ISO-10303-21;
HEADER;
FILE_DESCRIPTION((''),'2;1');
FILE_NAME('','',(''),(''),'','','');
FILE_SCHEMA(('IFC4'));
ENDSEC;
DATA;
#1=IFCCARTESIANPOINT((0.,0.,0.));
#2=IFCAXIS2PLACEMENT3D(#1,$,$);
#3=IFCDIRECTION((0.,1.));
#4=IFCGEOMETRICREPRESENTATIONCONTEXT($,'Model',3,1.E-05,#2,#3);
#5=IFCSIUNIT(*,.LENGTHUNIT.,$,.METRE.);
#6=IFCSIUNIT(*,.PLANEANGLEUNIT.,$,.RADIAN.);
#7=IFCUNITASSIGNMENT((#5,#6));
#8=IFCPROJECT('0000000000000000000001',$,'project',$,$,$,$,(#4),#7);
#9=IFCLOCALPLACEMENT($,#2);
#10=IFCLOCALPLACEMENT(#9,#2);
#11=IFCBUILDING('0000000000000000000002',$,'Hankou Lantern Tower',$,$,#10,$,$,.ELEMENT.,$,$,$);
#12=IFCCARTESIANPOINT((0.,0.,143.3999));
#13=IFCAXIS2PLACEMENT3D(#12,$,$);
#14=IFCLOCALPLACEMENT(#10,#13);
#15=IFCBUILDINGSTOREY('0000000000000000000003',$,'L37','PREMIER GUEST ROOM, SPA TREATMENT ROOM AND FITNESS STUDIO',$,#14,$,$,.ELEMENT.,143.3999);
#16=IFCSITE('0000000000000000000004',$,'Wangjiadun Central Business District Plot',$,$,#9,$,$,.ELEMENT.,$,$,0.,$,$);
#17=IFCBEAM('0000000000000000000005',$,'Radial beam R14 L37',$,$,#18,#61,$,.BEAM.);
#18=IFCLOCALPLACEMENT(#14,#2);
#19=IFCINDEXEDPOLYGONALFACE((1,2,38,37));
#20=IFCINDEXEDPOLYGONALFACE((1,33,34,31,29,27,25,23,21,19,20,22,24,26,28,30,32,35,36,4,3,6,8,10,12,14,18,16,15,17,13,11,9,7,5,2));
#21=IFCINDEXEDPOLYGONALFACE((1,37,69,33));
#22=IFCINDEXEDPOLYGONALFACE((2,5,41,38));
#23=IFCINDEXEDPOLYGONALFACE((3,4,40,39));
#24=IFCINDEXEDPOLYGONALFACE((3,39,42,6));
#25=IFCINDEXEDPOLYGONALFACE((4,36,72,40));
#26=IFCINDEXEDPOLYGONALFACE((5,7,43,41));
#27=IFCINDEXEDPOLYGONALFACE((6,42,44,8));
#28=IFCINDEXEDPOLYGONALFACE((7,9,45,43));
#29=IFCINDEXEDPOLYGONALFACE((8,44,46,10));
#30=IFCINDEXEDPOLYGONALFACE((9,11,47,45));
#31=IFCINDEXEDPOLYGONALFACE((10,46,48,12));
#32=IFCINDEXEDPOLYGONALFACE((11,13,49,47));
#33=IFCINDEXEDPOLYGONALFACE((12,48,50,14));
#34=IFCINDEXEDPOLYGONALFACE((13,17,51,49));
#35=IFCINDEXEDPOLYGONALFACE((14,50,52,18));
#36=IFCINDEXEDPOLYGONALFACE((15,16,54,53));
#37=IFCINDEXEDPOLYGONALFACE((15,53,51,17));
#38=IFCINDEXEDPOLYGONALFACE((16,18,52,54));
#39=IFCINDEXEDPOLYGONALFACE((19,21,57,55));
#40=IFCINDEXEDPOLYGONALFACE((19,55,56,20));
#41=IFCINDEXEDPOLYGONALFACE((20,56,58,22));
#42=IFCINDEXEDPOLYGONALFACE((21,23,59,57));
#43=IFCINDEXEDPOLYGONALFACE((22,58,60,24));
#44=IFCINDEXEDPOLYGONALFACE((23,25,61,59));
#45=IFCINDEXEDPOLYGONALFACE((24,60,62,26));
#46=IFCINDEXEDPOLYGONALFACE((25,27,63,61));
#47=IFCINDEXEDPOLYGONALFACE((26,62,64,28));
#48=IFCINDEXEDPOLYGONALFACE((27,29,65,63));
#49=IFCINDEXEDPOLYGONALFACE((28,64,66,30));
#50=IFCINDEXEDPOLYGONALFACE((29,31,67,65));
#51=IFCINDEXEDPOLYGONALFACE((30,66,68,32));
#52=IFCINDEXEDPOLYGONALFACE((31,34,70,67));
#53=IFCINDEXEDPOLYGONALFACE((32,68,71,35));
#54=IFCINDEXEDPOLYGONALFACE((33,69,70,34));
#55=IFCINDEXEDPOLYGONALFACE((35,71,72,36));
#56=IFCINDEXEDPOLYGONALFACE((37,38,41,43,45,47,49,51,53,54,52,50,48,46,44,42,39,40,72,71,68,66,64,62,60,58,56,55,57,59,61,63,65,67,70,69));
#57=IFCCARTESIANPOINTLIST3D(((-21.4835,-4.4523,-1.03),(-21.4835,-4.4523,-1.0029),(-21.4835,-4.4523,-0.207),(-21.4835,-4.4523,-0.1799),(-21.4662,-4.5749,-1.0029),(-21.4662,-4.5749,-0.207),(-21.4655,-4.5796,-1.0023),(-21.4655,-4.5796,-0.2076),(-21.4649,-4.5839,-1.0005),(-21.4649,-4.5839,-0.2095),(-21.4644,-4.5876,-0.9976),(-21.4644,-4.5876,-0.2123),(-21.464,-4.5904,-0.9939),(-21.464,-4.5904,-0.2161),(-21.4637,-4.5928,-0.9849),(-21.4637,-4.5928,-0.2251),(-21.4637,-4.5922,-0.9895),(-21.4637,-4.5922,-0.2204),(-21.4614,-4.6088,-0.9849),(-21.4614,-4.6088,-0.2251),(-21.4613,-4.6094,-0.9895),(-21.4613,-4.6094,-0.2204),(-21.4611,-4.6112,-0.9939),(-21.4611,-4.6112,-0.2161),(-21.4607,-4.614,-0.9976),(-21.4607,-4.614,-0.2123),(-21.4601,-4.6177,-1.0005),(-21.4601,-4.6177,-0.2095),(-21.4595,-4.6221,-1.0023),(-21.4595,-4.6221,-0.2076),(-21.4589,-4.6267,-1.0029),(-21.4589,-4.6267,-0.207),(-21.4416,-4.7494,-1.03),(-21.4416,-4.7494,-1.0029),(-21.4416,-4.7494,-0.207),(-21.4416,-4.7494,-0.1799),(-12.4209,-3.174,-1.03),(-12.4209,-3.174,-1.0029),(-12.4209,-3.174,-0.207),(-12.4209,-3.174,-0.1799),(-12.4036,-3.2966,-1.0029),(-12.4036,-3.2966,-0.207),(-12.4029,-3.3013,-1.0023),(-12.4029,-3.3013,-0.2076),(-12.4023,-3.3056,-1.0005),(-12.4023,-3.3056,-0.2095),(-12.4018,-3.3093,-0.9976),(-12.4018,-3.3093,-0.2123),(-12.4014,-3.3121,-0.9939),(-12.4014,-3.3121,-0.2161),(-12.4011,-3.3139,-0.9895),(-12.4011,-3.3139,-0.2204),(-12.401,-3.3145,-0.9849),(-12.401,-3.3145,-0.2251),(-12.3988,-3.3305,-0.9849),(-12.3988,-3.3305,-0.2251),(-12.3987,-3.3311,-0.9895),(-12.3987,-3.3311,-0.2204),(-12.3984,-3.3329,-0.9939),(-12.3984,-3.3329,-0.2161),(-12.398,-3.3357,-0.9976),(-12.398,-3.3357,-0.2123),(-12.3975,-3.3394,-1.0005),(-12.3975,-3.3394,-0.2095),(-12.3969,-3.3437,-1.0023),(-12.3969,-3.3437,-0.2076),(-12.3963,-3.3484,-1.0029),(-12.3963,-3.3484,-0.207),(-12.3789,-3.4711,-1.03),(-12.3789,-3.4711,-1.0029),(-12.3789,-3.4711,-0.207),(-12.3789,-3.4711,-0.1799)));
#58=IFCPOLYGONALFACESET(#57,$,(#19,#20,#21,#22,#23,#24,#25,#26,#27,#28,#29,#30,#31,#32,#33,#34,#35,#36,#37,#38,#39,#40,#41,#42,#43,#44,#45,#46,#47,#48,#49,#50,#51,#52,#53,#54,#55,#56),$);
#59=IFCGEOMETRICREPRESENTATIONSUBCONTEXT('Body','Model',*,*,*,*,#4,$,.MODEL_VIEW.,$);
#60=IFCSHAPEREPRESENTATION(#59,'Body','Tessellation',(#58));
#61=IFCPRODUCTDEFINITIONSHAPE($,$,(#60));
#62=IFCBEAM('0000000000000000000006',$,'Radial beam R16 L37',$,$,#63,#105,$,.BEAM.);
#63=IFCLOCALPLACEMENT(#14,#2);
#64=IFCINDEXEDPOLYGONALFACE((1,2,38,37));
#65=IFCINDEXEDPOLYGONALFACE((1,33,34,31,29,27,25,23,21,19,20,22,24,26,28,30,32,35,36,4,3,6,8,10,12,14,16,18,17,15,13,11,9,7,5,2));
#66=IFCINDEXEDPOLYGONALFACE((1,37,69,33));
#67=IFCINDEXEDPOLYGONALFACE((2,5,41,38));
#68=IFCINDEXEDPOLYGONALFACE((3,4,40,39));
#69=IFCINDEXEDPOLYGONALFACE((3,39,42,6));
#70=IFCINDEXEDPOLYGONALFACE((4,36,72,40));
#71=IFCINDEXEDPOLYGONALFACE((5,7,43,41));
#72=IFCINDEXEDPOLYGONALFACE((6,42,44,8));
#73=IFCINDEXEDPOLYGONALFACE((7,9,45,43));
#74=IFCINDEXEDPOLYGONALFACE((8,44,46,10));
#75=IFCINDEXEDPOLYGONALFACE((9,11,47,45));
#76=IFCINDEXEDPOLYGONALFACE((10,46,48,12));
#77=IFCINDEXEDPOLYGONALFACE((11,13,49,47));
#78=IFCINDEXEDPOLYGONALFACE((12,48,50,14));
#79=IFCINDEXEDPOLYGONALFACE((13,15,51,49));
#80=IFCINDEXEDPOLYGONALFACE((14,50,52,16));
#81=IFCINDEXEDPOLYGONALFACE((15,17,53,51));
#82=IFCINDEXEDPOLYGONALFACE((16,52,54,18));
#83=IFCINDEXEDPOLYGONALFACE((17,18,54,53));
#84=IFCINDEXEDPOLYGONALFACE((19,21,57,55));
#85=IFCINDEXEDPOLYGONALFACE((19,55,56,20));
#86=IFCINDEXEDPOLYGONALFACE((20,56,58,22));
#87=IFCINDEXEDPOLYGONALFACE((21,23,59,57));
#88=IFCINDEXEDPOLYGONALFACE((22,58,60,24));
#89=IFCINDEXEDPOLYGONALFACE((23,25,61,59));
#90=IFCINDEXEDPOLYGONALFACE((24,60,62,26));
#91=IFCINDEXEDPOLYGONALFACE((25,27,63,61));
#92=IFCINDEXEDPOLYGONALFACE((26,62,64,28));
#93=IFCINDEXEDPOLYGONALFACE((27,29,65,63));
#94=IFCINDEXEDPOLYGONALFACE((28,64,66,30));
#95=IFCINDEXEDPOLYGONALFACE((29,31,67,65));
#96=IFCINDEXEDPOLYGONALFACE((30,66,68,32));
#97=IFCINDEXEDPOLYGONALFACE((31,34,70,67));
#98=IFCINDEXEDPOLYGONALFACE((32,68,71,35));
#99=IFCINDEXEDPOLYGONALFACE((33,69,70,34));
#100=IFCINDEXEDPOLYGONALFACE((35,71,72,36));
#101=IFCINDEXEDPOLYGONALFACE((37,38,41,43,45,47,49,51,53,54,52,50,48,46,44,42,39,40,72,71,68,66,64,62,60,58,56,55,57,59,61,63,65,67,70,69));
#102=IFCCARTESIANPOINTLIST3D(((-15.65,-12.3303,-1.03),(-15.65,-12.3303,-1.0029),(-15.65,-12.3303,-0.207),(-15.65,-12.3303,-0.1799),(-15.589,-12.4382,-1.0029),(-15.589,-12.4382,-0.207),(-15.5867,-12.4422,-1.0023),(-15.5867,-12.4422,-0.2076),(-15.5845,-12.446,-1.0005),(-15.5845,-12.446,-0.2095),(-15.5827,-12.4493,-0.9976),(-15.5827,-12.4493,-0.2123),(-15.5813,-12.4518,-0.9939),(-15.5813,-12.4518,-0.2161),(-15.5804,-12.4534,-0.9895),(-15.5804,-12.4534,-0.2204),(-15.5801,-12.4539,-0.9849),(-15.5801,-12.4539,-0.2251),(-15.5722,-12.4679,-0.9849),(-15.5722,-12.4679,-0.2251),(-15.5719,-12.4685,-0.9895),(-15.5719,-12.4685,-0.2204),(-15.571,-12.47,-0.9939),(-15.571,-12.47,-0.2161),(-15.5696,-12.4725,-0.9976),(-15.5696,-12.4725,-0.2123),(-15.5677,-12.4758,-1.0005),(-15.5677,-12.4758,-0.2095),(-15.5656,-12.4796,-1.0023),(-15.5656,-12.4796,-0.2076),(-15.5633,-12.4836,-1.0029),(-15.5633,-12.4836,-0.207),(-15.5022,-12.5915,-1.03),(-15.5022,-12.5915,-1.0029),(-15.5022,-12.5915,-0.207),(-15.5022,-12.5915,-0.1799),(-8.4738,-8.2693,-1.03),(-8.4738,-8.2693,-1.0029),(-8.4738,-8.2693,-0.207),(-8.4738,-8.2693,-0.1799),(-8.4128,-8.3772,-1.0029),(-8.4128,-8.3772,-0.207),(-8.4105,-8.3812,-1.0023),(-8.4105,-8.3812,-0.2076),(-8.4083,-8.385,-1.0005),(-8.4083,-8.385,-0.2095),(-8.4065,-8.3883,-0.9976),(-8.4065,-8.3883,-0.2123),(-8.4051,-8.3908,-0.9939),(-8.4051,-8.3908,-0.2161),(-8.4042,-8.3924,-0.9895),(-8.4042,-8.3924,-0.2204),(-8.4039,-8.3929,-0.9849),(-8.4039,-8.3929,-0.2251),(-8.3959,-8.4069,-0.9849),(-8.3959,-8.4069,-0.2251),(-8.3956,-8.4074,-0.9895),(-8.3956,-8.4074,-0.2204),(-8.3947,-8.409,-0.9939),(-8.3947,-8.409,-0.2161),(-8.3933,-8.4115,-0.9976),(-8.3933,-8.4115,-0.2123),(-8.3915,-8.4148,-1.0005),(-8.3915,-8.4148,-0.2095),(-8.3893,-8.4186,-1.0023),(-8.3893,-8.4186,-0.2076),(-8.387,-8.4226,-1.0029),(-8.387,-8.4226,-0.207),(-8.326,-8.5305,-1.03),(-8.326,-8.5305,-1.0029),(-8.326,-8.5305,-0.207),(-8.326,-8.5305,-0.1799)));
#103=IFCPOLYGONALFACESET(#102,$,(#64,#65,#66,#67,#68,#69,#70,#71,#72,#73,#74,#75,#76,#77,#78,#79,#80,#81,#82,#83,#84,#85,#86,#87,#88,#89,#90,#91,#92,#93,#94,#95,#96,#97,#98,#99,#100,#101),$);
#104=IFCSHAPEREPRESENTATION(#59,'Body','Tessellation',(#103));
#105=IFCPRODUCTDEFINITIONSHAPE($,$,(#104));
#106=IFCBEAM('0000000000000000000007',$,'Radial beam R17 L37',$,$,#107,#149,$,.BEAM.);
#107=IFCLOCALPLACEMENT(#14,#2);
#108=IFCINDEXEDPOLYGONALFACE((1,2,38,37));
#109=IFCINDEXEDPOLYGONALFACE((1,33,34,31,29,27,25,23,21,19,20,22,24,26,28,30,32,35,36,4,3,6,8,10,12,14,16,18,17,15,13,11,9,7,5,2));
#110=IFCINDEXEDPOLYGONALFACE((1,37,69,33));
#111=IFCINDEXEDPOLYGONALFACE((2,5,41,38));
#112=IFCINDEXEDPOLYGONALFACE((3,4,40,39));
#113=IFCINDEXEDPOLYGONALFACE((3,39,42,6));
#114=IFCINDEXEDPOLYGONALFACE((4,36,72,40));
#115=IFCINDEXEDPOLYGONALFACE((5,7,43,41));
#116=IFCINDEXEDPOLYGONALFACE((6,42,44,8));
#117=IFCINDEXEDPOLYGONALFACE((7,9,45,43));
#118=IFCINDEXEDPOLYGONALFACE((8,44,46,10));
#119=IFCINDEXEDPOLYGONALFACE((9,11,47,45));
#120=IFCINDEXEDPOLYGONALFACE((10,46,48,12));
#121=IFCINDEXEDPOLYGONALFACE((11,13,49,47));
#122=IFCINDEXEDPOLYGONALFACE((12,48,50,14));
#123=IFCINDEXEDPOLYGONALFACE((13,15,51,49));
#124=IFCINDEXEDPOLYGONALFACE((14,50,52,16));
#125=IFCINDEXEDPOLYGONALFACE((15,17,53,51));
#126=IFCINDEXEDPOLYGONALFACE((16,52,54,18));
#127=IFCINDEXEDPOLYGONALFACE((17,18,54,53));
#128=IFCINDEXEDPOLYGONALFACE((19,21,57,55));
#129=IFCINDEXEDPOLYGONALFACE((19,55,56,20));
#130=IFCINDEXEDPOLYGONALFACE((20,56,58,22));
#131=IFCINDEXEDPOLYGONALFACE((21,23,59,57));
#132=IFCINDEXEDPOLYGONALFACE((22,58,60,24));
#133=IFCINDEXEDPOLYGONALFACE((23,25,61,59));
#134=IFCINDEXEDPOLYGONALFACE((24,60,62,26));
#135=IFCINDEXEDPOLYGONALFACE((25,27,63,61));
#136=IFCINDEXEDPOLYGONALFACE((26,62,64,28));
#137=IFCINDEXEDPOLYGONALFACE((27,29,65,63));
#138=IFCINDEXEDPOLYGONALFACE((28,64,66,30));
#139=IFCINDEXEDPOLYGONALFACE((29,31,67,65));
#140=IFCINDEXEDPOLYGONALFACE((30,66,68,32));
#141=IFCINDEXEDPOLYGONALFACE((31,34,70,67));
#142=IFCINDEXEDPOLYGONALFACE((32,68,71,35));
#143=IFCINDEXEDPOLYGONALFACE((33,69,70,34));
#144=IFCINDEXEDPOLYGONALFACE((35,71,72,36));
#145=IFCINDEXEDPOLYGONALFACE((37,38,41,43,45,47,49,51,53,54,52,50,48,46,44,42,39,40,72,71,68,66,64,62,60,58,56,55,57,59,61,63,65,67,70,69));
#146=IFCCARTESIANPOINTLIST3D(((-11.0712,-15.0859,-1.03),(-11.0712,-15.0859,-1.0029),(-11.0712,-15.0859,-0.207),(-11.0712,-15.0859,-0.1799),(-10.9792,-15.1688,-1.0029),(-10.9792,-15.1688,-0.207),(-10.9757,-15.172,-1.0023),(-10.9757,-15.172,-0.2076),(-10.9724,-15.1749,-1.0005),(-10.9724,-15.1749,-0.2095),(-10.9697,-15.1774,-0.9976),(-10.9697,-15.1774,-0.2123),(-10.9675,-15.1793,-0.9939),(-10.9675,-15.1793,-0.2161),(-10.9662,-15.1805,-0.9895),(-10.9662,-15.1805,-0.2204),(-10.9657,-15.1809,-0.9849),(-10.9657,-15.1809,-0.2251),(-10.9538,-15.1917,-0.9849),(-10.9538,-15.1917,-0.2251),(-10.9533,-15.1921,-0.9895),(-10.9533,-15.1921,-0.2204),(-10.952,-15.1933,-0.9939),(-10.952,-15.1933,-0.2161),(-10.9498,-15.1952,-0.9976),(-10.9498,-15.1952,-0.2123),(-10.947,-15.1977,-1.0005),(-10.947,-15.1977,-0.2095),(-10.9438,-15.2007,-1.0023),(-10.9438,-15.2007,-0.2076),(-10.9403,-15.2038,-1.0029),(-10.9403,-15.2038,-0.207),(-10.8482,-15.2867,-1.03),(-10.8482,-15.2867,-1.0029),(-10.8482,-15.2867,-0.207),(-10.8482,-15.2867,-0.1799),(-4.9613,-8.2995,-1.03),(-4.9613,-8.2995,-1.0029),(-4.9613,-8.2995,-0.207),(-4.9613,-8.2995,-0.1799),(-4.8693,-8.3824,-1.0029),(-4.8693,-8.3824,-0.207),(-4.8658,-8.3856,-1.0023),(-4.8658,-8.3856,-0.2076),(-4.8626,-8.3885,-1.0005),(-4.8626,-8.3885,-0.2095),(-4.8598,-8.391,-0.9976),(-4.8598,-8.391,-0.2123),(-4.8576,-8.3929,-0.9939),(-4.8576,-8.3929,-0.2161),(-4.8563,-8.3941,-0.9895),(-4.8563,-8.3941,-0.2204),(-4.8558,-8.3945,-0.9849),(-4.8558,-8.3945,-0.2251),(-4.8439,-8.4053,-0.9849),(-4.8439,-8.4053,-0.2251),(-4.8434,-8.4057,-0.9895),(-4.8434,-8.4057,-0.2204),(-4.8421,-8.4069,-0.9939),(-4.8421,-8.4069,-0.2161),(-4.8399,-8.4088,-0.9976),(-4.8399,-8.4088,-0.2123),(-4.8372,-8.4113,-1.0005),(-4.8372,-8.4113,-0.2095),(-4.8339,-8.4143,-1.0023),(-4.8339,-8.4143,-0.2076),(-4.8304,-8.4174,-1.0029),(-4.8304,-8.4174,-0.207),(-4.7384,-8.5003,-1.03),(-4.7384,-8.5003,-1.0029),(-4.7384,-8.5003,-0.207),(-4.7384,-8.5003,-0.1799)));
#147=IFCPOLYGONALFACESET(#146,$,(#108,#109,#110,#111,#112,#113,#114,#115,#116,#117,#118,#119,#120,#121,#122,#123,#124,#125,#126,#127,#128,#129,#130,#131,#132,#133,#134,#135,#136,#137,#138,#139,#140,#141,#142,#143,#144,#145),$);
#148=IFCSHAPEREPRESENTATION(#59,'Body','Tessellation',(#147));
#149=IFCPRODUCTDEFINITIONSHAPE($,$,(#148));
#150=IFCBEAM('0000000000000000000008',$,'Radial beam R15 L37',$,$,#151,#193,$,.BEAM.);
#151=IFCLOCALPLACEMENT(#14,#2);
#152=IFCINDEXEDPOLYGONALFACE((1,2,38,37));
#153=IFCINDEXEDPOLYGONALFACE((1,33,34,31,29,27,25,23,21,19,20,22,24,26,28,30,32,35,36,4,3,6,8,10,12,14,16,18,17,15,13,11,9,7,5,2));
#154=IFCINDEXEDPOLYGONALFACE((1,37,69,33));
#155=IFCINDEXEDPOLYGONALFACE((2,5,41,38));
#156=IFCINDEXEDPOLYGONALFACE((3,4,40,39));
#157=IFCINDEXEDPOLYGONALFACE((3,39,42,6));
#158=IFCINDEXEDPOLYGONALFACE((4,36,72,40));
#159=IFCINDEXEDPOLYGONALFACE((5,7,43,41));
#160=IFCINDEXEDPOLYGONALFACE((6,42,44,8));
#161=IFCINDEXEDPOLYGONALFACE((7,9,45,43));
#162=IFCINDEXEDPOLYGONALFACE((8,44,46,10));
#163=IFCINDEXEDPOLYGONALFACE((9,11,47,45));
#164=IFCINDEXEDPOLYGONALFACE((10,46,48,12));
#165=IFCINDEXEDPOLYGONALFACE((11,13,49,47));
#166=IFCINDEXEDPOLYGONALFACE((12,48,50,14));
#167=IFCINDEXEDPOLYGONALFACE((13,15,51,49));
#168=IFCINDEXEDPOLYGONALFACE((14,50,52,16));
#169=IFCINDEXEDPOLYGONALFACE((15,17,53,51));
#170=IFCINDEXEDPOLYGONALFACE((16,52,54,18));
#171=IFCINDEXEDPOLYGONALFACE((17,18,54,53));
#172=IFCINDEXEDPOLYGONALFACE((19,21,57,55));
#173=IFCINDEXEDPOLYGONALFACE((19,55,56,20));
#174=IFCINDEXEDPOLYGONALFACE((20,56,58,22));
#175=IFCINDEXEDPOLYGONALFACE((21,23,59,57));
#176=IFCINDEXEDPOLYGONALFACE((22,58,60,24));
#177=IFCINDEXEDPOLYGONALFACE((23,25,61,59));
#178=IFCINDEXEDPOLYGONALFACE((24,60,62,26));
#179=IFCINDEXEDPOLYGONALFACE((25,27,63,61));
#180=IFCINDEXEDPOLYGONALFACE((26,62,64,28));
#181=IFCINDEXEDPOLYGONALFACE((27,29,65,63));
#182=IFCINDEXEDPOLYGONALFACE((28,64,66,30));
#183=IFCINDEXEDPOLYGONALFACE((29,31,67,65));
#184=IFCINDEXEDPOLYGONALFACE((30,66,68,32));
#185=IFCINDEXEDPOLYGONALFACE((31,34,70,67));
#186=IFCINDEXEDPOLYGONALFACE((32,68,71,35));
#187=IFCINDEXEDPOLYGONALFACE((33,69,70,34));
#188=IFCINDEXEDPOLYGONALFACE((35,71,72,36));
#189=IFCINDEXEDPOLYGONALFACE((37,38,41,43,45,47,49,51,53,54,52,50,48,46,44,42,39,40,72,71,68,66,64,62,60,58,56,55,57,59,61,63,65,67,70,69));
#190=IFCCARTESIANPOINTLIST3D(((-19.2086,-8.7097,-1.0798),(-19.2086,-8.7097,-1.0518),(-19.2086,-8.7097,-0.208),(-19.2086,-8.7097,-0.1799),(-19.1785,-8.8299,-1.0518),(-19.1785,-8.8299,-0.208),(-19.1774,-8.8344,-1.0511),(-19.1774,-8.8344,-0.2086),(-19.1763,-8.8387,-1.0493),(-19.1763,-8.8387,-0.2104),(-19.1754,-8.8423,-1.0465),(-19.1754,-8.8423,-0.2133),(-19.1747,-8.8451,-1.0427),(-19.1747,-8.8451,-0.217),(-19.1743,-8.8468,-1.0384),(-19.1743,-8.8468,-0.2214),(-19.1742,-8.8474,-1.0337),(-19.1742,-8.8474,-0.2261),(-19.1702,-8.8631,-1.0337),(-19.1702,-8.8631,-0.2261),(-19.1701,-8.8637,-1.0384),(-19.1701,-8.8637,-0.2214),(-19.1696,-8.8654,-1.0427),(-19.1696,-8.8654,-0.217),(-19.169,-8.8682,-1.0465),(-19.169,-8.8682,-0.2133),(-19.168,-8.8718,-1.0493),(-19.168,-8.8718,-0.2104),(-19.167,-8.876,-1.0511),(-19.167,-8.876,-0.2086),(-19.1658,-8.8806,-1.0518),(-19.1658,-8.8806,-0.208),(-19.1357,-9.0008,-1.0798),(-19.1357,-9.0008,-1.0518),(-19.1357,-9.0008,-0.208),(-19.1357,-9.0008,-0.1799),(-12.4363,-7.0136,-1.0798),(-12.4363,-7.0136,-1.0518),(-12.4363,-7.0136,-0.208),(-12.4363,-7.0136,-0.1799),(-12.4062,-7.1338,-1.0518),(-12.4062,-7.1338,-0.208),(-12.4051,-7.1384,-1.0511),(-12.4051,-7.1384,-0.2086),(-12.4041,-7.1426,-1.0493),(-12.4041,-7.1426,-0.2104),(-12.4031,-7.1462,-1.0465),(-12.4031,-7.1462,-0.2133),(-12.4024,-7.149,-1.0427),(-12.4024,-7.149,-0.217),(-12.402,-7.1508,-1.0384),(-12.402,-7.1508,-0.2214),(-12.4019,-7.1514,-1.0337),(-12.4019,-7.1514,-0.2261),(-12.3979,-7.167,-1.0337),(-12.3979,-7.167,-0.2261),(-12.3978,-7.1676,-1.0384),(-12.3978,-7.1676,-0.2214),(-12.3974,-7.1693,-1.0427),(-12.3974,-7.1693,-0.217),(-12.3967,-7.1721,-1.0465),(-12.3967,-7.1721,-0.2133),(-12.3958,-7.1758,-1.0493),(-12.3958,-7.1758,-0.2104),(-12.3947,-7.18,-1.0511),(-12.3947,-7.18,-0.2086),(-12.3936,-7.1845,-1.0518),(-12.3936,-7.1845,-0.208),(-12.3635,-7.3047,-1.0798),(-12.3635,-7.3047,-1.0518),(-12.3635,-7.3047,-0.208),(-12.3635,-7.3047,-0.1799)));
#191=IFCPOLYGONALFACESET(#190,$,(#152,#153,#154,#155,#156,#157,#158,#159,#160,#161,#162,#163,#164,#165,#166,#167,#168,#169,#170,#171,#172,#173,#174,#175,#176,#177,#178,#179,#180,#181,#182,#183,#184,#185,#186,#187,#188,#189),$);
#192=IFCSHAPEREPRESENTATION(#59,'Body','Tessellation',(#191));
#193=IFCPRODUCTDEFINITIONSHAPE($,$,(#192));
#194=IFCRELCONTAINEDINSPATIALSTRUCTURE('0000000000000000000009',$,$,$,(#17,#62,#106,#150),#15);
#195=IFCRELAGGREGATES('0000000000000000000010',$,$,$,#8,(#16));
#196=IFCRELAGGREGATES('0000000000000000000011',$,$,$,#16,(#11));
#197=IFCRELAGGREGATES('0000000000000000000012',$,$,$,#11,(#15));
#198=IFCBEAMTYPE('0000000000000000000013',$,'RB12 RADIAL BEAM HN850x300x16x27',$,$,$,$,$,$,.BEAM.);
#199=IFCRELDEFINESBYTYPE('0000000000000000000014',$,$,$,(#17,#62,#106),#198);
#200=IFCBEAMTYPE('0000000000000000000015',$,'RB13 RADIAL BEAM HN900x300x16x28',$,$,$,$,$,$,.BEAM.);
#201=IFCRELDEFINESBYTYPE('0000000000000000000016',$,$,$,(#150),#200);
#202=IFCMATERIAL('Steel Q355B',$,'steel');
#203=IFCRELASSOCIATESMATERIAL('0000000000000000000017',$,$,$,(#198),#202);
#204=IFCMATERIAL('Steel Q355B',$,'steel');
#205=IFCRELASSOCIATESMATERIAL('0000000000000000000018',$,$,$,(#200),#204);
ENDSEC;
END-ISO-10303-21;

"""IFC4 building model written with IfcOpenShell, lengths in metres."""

from ifc_helpers import new_model, si_unit, direction, frame, origin, origin_2d, place, context, subcontext, project, spatial, i_section, extrude, material, material_profile, profile_set, type_object, element, save


model = new_model("IFC4")

# Units and contexts
model_context = context("Model", 3, precision=1e-05, world=origin(), true_north=direction((0.0, 1.0)))
body_context = subcontext(model_context, "Body", "Model", "MODEL_VIEW")
ifc_project = project(units=[si_unit("LENGTHUNIT", "METRE"), si_unit("PLANEANGLEUNIT", "RADIAN")], contexts=[model_context])

# Site, building, storey
site_placement = place(None, origin())
site = spatial("IfcSite", under=ifc_project, at=site_placement, Name="Wangjiadun Central Business District Plot", CompositionType="ELEMENT", RefElevation=0.0)
building_placement = place(site_placement, origin())
building = spatial("IfcBuilding", under=site, at=building_placement, Name="Hankou Lantern Tower", CompositionType="ELEMENT")
storey_placement = place(building_placement, frame((0.0, 0.0, 143.3999)))
storey = spatial("IfcBuildingStorey", under=building, at=storey_placement, Name="L37", Description="PREMIER GUEST ROOM, SPA TREATMENT ROOM AND FITNESS STUDIO", CompositionType="ELEMENT", Elevation=143.3999)

# Beams
ifc_material_1 = material(Name="Steel Q355B", Category="steel")
ifc_material_profile_1 = material_profile(ifc_material_1, i_section(OverallWidth=0.3, OverallDepth=0.8501, WebThickness=0.0161, FlangeThickness=0.0271, FilletRadius=0.0181, at=origin_2d()), Name="HN850x300x16x27")
ifc_profile_set_1 = profile_set([ifc_material_profile_1], Name="Steel Q355B")
beam_type_1 = type_object("IfcBeamType", Name="RB12 RADIAL BEAM HN850x300x16x27", PredefinedType="BEAM", material=ifc_profile_set_1)
beam_1_placement = place(storey_placement, frame((-12.3999, -3.3225, -0.605), z_axis=(-0.990198, -0.13967, 0.0), x_axis=(0.13967, -0.990198, 0.0)))
element("IfcBeam", 1, at=beam_1_placement, inside=storey, type_object=beam_type_1, Name="Radial beam R14 L37", PredefinedType="BEAM", context=body_context, shape_type="SweptSolid", body=[
    extrude(i_section(OverallWidth=0.3, OverallDepth=0.8501, WebThickness=0.0161, FlangeThickness=0.0271, FilletRadius=0.0181, at=origin_2d()), origin(), (0.0, 0.0, 1.0), 9.1523),
])
beam_2_placement = place(storey_placement, frame((-8.3999, -8.3999, -0.605), z_axis=(-0.870309, -0.492506, 0.0), x_axis=(0.492506, -0.870309, 0.0)))
element("IfcBeam", 2, at=beam_2_placement, inside=storey, type_object=beam_type_1, Name="Radial beam R16 L37", PredefinedType="BEAM", context=body_context, shape_type="SweptSolid", body=[
    extrude(i_section(OverallWidth=0.3, OverallDepth=0.8501, WebThickness=0.0161, FlangeThickness=0.0271, FilletRadius=0.0181, at=origin_2d()), origin(), (0.0, 0.0, 1.0), 8.2456),
])
beam_3_placement = place(storey_placement, frame((-4.8499, -8.3999, -0.605), z_axis=(-0.669093, -0.743178, 0.0), x_axis=(0.743178, -0.669093, 0.0)))
element("IfcBeam", 3, at=beam_3_placement, inside=storey, type_object=beam_type_1, Name="Radial beam R17 L37", PredefinedType="BEAM", context=body_context, shape_type="SweptSolid", body=[
    extrude(i_section(OverallWidth=0.3, OverallDepth=0.8501, WebThickness=0.0161, FlangeThickness=0.0271, FilletRadius=0.0181, at=origin_2d()), origin(), (0.0, 0.0, 1.0), 9.1316),
])
ifc_material_2 = material(Name="Steel Q355B", Category="steel")
ifc_material_profile_2 = material_profile(ifc_material_2, i_section(OverallWidth=0.3, OverallDepth=0.8999, WebThickness=0.0161, FlangeThickness=0.0281, FilletRadius=0.0181, at=origin_2d()), Name="HN900x300x16x28")
ifc_profile_set_2 = profile_set([ifc_material_profile_2], Name="Steel Q355B")
beam_type_2 = type_object("IfcBeamType", Name="RB13 RADIAL BEAM HN900x300x16x28", PredefinedType="BEAM", material=ifc_profile_set_2)
beam_4_placement = place(storey_placement, frame((-12.3999, -7.1592, -0.6299), z_axis=(-0.970042, -0.242939, 0.0), x_axis=(0.242939, -0.970042, 0.0)))
element("IfcBeam", 4, at=beam_4_placement, inside=storey, type_object=beam_type_2, Name="Radial beam R15 L37", PredefinedType="BEAM", context=body_context, shape_type="SweptSolid", body=[
    extrude(i_section(OverallWidth=0.3, OverallDepth=0.8999, WebThickness=0.0161, FlangeThickness=0.0281, FilletRadius=0.0181, at=origin_2d()), origin(), (0.0, 0.0, 1.0), 6.9814),
])

save(model, "model.ifc")
